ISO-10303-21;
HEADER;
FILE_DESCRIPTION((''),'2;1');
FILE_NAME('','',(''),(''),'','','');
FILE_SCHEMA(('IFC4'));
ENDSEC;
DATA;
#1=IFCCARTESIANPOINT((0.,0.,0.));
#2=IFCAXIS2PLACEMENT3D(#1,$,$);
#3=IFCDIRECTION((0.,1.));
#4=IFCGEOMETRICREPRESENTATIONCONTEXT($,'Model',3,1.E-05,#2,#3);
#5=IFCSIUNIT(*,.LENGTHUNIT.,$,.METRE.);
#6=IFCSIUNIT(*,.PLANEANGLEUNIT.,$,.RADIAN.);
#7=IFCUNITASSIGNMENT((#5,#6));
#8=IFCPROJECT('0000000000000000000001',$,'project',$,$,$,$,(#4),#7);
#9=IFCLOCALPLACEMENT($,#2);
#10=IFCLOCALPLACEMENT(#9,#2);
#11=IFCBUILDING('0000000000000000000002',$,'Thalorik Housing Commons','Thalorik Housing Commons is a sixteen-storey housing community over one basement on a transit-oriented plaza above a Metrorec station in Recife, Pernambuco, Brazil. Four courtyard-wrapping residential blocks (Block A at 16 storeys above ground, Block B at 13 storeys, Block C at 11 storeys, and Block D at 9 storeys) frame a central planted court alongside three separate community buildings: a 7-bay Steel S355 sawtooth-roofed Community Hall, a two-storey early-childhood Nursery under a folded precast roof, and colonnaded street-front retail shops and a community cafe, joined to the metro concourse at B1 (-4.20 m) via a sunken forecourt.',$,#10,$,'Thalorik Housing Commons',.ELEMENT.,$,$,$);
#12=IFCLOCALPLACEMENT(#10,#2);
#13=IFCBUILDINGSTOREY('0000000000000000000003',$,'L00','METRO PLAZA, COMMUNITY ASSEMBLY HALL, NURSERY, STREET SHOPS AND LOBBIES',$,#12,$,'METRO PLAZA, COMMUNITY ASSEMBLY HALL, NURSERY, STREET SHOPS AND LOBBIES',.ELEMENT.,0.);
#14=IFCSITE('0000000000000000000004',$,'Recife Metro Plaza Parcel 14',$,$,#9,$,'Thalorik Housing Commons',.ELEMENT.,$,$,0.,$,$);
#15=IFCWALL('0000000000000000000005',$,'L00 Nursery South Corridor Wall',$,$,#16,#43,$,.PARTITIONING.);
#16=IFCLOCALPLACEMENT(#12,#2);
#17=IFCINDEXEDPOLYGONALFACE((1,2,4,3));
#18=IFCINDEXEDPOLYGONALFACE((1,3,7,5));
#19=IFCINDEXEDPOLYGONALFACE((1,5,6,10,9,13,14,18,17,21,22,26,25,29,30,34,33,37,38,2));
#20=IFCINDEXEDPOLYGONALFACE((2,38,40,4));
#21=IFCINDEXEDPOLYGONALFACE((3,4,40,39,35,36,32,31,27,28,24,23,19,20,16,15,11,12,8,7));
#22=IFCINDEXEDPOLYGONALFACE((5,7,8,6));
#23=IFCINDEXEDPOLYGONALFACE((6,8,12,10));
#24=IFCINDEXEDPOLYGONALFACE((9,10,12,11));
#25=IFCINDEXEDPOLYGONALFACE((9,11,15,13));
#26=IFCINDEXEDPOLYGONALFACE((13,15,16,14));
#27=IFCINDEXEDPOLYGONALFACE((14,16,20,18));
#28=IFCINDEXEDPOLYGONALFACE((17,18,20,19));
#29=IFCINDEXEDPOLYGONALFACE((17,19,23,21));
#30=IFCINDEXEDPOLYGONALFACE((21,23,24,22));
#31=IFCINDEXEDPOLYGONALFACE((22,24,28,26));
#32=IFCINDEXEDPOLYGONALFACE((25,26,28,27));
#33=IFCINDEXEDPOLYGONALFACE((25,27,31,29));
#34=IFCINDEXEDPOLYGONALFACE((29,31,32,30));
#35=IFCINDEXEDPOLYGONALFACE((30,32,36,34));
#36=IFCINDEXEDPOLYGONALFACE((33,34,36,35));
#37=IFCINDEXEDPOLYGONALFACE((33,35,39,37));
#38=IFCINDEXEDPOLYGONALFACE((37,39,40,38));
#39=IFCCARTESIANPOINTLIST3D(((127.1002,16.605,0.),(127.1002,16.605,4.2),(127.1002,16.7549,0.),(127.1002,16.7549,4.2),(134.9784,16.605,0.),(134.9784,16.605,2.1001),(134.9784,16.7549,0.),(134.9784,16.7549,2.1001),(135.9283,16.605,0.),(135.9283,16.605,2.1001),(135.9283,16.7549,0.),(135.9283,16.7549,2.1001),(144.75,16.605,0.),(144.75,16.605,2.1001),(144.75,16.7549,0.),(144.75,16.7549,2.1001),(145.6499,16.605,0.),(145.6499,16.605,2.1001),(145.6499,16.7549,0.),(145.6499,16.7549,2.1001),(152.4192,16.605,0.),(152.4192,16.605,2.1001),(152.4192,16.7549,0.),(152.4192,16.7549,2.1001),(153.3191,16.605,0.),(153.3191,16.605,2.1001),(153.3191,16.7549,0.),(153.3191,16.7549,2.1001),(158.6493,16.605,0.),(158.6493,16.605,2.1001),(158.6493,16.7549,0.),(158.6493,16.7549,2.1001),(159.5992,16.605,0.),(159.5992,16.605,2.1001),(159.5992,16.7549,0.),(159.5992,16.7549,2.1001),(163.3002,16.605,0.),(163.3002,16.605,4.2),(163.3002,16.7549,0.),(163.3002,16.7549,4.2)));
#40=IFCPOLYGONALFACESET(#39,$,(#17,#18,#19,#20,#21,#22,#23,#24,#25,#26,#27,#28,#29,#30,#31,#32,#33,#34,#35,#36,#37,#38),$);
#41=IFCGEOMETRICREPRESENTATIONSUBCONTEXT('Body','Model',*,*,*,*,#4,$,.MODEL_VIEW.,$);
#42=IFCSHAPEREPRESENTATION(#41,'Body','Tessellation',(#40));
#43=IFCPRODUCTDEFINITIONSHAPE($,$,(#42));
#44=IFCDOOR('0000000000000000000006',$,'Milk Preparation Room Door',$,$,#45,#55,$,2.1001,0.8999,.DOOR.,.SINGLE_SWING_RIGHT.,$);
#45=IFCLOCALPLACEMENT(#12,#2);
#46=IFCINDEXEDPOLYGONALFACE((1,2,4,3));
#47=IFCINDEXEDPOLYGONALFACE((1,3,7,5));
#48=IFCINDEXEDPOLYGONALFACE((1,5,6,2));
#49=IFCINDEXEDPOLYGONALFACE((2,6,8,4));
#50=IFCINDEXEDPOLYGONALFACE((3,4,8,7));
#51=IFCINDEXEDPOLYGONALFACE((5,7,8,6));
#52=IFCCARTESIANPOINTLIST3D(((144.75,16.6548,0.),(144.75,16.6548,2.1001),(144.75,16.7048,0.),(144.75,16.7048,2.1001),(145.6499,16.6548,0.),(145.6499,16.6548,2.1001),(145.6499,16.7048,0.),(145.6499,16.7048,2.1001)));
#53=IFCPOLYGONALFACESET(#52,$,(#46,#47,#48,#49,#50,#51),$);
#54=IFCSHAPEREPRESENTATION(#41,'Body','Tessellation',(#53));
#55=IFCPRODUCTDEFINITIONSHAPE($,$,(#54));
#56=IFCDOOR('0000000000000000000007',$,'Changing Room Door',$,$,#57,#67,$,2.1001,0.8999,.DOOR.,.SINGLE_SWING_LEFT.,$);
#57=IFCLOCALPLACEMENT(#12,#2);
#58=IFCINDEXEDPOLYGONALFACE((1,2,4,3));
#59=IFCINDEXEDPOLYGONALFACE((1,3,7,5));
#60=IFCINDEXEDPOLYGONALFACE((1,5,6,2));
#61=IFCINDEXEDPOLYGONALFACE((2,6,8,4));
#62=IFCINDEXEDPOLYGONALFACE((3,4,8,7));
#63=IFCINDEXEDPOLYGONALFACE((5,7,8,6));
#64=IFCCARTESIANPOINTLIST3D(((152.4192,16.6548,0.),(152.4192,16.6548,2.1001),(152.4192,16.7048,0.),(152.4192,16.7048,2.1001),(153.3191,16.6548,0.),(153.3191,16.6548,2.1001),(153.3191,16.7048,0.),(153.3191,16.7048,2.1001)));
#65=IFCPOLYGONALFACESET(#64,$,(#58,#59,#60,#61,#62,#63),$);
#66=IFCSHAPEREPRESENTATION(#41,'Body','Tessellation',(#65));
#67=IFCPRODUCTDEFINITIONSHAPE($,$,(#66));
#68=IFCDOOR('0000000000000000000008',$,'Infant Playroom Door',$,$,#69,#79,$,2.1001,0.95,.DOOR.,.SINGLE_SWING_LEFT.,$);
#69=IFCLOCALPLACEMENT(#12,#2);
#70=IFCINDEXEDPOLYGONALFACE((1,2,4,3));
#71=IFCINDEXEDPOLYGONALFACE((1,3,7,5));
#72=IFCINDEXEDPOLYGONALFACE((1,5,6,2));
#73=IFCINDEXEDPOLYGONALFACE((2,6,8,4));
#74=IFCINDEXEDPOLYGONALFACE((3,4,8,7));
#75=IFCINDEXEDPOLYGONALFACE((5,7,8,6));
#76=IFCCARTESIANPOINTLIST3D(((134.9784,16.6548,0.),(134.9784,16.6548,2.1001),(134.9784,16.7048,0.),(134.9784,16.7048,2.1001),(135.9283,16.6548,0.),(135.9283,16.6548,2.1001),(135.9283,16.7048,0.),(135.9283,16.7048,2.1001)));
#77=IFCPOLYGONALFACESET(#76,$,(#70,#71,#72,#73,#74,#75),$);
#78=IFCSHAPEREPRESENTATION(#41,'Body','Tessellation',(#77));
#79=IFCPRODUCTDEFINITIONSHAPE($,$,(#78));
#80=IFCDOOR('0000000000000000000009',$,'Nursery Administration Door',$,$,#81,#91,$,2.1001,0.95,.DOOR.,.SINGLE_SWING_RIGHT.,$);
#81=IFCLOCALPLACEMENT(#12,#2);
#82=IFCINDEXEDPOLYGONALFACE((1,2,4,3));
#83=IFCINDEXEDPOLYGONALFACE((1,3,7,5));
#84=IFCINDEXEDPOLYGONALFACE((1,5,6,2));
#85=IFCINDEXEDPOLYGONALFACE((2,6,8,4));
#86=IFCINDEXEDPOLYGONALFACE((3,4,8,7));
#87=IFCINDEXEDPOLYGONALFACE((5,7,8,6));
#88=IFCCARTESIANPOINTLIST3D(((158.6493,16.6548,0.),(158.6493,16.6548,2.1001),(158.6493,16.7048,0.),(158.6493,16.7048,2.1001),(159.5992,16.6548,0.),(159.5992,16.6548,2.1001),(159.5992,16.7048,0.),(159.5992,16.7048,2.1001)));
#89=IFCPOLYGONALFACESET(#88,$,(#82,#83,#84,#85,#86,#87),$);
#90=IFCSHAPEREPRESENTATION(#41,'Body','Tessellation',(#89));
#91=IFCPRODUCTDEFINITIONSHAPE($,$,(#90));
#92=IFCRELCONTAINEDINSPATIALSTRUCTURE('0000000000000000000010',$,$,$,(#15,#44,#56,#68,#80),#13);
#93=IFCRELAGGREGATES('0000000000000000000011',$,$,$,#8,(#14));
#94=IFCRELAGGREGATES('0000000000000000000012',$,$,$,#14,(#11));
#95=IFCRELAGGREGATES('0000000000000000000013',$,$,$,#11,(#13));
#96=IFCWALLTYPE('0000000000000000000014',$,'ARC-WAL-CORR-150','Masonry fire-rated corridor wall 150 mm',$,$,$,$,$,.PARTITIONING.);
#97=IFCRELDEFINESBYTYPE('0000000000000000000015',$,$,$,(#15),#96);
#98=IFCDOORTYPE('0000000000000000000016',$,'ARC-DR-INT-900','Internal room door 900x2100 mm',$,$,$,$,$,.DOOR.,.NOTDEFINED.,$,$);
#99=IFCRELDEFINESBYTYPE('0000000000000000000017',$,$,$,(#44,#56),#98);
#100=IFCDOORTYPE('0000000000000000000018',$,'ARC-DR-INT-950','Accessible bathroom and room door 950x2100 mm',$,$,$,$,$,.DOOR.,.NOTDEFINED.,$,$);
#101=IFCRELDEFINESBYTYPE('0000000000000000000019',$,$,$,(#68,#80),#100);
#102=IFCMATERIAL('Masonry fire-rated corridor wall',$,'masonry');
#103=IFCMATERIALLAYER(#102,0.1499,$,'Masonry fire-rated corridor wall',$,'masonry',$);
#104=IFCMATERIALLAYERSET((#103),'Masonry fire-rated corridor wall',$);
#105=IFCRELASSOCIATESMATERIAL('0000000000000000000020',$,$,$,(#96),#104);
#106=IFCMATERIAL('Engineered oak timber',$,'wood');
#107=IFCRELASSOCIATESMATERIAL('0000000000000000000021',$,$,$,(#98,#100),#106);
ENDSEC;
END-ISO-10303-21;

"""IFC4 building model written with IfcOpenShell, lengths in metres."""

from ifc_helpers import new_model, si_unit, direction, frame, frame_2d, origin, place, context, subcontext, project, spatial, rectangle, extrude, material, layer, layer_set, type_object, element, fill, save


model = new_model("IFC4")

# Units and contexts
model_context = context("Model", 3, precision=1e-05, world=origin(), true_north=direction((0.0, 1.0)))
body_context = subcontext(model_context, "Body", "Model", "MODEL_VIEW")
ifc_project = project(units=[si_unit("LENGTHUNIT", "METRE"), si_unit("PLANEANGLEUNIT", "RADIAN")], contexts=[model_context])

# Site, building, storey
site_placement = place(None, origin())
site = spatial("IfcSite", under=ifc_project, at=site_placement, Name="Recife Metro Plaza Parcel 14", LongName="Thalorik Housing Commons", CompositionType="ELEMENT", RefElevation=0.0)
building_placement = place(site_placement, origin())
building = spatial("IfcBuilding", under=site, at=building_placement, Name="Thalorik Housing Commons", Description="Thalorik Housing Commons is a sixteen-storey housing community over one basement on a transit-oriented plaza above a Metrorec station in Recife, Pernambuco, Brazil. Four courtyard-wrapping residential blocks (Block A at 16 storeys above ground, Block B at 13 storeys, Block C at 11 storeys, and Block D at 9 storeys) frame a central planted court alongside three separate community buildings: a 7-bay Steel S355 sawtooth-roofed Community Hall, a two-storey early-childhood Nursery under a folded precast roof, and colonnaded street-front retail shops and a community cafe, joined to the metro concourse at B1 (-4.20 m) via a sunken forecourt.", LongName="Thalorik Housing Commons", CompositionType="ELEMENT")
storey_placement = place(building_placement, origin())
storey = spatial("IfcBuildingStorey", under=building, at=storey_placement, Name="L00", Description="METRO PLAZA, COMMUNITY ASSEMBLY HALL, NURSERY, STREET SHOPS AND LOBBIES", LongName="METRO PLAZA, COMMUNITY ASSEMBLY HALL, NURSERY, STREET SHOPS AND LOBBIES", CompositionType="ELEMENT", Elevation=0.0)

# Wall, openings, doors
ifc_material_1 = material(Name="Masonry fire-rated corridor wall", Category="masonry")
ifc_layer_1 = layer(ifc_material_1, 0.1499, Name="Masonry fire-rated corridor wall", Category="masonry")
ifc_layer_set_1 = layer_set([ifc_layer_1], Name="Masonry fire-rated corridor wall")
wall_type_1 = type_object("IfcWallType", Name="ARC-WAL-CORR-150", Description="Masonry fire-rated corridor wall 150 mm", PredefinedType="PARTITIONING", material=ifc_layer_set_1)
wall_1_placement = place(storey_placement, frame((127.1001, 16.6799, 0.0), z_axis=(0.0, 0.0, 1.0), x_axis=(1.0, 0.0, 0.0)))
wall_1 = element("IfcWall", 1, at=wall_1_placement, inside=storey, type_object=wall_type_1, Name="L00 Nursery South Corridor Wall", PredefinedType="PARTITIONING", context=body_context, shape_type="SweptSolid", body=[
    extrude(rectangle(XDim=36.2, YDim=0.1499, at=frame_2d((18.1001, 0.0))), origin(), (0.0, 0.0, 1.0), 4.2),
])
opening_1_placement = place(wall_1_placement, frame((7.8782, 0.0, 0.0)))
opening_1 = element("IfcOpeningElement", 2, at=opening_1_placement, cuts=wall_1, PredefinedType="OPENING", context=body_context, shape_type="SweptSolid", body=[
    extrude(rectangle(XDim=0.95, YDim=2.1001, at=frame_2d((0.4751, 1.05))), frame((0.0, 0.085, 0.0), z_axis=(0.0, -1.0, 0.0), x_axis=(1.0, 0.0, 0.0)), (0.0, 0.0, 1.0), 0.1699),
])
opening_2_placement = place(wall_1_placement, frame((17.6499, 0.0, 0.0)))
opening_2 = element("IfcOpeningElement", 3, at=opening_2_placement, cuts=wall_1, PredefinedType="OPENING", context=body_context, shape_type="SweptSolid", body=[
    extrude(rectangle(XDim=0.8999, YDim=2.1001, at=frame_2d((0.45, 1.05))), frame((0.0, 0.085, 0.0), z_axis=(0.0, -1.0, 0.0), x_axis=(1.0, 0.0, 0.0)), (0.0, 0.0, 1.0), 0.1699),
])
opening_3_placement = place(wall_1_placement, frame((25.3191, 0.0, 0.0)))
opening_3 = element("IfcOpeningElement", 4, at=opening_3_placement, cuts=wall_1, PredefinedType="OPENING", context=body_context, shape_type="SweptSolid", body=[
    extrude(rectangle(XDim=0.8999, YDim=2.1001, at=frame_2d((0.45, 1.05))), frame((0.0, 0.085, 0.0), z_axis=(0.0, -1.0, 0.0), x_axis=(1.0, 0.0, 0.0)), (0.0, 0.0, 1.0), 0.1699),
])
opening_4_placement = place(wall_1_placement, frame((31.5491, 0.0, 0.0)))
opening_4 = element("IfcOpeningElement", 5, at=opening_4_placement, cuts=wall_1, PredefinedType="OPENING", context=body_context, shape_type="SweptSolid", body=[
    extrude(rectangle(XDim=0.95, YDim=2.1001, at=frame_2d((0.4751, 1.05))), frame((0.0, 0.085, 0.0), z_axis=(0.0, -1.0, 0.0), x_axis=(1.0, 0.0, 0.0)), (0.0, 0.0, 1.0), 0.1699),
])
ifc_material_2 = material(Name="Engineered oak timber", Category="wood")
door_type_1 = type_object("IfcDoorType", Name="ARC-DR-INT-900", Description="Internal room door 900x2100 mm", OperationType="NOTDEFINED", PredefinedType="DOOR", material=ifc_material_2)
door_1_placement = place(opening_2_placement, origin())
door_1 = element("IfcDoor", 6, at=door_1_placement, inside=storey, type_object=door_type_1, Name="Milk Preparation Room Door", OperationType="SINGLE_SWING_RIGHT", OverallHeight=2.1001, OverallWidth=0.8999, PredefinedType="DOOR", context=body_context, shape_type="SweptSolid", body=[
    extrude(rectangle(XDim=0.8999, YDim=2.1001, at=frame_2d((0.45, 1.05))), frame((0.0, 0.0249, 0.0), z_axis=(0.0, -1.0, 0.0), x_axis=(1.0, 0.0, 0.0)), (0.0, 0.0, 1.0), 0.05),
])
fill(opening_2, door_1)
door_2_placement = place(opening_3_placement, origin())
door_2 = element("IfcDoor", 7, at=door_2_placement, inside=storey, type_object=door_type_1, Name="Changing Room Door", OperationType="SINGLE_SWING_LEFT", OverallHeight=2.1001, OverallWidth=0.8999, PredefinedType="DOOR", context=body_context, shape_type="SweptSolid", body=[
    extrude(rectangle(XDim=0.8999, YDim=2.1001, at=frame_2d((0.45, 1.05))), frame((0.0, 0.0249, 0.0), z_axis=(0.0, -1.0, 0.0), x_axis=(1.0, 0.0, 0.0)), (0.0, 0.0, 1.0), 0.05),
])
fill(opening_3, door_2)
door_type_2 = type_object("IfcDoorType", Name="ARC-DR-INT-950", Description="Accessible bathroom and room door 950x2100 mm", OperationType="NOTDEFINED", PredefinedType="DOOR", material=ifc_material_2)
door_3_placement = place(opening_1_placement, origin())
door_3 = element("IfcDoor", 8, at=door_3_placement, inside=storey, type_object=door_type_2, Name="Infant Playroom Door", OperationType="SINGLE_SWING_LEFT", OverallHeight=2.1001, OverallWidth=0.95, PredefinedType="DOOR", context=body_context, shape_type="SweptSolid", body=[
    extrude(rectangle(XDim=0.95, YDim=2.1001, at=frame_2d((0.4751, 1.05))), frame((0.0, 0.0249, 0.0), z_axis=(0.0, -1.0, 0.0), x_axis=(1.0, 0.0, 0.0)), (0.0, 0.0, 1.0), 0.05),
])
fill(opening_1, door_3)
door_4_placement = place(opening_4_placement, origin())
door_4 = element("IfcDoor", 9, at=door_4_placement, inside=storey, type_object=door_type_2, Name="Nursery Administration Door", OperationType="SINGLE_SWING_RIGHT", OverallHeight=2.1001, OverallWidth=0.95, PredefinedType="DOOR", context=body_context, shape_type="SweptSolid", body=[
    extrude(rectangle(XDim=0.95, YDim=2.1001, at=frame_2d((0.4751, 1.05))), frame((0.0, 0.0249, 0.0), z_axis=(0.0, -1.0, 0.0), x_axis=(1.0, 0.0, 0.0)), (0.0, 0.0, 1.0), 0.05),
])
fill(opening_4, door_4)

save(model, "model.ifc")
